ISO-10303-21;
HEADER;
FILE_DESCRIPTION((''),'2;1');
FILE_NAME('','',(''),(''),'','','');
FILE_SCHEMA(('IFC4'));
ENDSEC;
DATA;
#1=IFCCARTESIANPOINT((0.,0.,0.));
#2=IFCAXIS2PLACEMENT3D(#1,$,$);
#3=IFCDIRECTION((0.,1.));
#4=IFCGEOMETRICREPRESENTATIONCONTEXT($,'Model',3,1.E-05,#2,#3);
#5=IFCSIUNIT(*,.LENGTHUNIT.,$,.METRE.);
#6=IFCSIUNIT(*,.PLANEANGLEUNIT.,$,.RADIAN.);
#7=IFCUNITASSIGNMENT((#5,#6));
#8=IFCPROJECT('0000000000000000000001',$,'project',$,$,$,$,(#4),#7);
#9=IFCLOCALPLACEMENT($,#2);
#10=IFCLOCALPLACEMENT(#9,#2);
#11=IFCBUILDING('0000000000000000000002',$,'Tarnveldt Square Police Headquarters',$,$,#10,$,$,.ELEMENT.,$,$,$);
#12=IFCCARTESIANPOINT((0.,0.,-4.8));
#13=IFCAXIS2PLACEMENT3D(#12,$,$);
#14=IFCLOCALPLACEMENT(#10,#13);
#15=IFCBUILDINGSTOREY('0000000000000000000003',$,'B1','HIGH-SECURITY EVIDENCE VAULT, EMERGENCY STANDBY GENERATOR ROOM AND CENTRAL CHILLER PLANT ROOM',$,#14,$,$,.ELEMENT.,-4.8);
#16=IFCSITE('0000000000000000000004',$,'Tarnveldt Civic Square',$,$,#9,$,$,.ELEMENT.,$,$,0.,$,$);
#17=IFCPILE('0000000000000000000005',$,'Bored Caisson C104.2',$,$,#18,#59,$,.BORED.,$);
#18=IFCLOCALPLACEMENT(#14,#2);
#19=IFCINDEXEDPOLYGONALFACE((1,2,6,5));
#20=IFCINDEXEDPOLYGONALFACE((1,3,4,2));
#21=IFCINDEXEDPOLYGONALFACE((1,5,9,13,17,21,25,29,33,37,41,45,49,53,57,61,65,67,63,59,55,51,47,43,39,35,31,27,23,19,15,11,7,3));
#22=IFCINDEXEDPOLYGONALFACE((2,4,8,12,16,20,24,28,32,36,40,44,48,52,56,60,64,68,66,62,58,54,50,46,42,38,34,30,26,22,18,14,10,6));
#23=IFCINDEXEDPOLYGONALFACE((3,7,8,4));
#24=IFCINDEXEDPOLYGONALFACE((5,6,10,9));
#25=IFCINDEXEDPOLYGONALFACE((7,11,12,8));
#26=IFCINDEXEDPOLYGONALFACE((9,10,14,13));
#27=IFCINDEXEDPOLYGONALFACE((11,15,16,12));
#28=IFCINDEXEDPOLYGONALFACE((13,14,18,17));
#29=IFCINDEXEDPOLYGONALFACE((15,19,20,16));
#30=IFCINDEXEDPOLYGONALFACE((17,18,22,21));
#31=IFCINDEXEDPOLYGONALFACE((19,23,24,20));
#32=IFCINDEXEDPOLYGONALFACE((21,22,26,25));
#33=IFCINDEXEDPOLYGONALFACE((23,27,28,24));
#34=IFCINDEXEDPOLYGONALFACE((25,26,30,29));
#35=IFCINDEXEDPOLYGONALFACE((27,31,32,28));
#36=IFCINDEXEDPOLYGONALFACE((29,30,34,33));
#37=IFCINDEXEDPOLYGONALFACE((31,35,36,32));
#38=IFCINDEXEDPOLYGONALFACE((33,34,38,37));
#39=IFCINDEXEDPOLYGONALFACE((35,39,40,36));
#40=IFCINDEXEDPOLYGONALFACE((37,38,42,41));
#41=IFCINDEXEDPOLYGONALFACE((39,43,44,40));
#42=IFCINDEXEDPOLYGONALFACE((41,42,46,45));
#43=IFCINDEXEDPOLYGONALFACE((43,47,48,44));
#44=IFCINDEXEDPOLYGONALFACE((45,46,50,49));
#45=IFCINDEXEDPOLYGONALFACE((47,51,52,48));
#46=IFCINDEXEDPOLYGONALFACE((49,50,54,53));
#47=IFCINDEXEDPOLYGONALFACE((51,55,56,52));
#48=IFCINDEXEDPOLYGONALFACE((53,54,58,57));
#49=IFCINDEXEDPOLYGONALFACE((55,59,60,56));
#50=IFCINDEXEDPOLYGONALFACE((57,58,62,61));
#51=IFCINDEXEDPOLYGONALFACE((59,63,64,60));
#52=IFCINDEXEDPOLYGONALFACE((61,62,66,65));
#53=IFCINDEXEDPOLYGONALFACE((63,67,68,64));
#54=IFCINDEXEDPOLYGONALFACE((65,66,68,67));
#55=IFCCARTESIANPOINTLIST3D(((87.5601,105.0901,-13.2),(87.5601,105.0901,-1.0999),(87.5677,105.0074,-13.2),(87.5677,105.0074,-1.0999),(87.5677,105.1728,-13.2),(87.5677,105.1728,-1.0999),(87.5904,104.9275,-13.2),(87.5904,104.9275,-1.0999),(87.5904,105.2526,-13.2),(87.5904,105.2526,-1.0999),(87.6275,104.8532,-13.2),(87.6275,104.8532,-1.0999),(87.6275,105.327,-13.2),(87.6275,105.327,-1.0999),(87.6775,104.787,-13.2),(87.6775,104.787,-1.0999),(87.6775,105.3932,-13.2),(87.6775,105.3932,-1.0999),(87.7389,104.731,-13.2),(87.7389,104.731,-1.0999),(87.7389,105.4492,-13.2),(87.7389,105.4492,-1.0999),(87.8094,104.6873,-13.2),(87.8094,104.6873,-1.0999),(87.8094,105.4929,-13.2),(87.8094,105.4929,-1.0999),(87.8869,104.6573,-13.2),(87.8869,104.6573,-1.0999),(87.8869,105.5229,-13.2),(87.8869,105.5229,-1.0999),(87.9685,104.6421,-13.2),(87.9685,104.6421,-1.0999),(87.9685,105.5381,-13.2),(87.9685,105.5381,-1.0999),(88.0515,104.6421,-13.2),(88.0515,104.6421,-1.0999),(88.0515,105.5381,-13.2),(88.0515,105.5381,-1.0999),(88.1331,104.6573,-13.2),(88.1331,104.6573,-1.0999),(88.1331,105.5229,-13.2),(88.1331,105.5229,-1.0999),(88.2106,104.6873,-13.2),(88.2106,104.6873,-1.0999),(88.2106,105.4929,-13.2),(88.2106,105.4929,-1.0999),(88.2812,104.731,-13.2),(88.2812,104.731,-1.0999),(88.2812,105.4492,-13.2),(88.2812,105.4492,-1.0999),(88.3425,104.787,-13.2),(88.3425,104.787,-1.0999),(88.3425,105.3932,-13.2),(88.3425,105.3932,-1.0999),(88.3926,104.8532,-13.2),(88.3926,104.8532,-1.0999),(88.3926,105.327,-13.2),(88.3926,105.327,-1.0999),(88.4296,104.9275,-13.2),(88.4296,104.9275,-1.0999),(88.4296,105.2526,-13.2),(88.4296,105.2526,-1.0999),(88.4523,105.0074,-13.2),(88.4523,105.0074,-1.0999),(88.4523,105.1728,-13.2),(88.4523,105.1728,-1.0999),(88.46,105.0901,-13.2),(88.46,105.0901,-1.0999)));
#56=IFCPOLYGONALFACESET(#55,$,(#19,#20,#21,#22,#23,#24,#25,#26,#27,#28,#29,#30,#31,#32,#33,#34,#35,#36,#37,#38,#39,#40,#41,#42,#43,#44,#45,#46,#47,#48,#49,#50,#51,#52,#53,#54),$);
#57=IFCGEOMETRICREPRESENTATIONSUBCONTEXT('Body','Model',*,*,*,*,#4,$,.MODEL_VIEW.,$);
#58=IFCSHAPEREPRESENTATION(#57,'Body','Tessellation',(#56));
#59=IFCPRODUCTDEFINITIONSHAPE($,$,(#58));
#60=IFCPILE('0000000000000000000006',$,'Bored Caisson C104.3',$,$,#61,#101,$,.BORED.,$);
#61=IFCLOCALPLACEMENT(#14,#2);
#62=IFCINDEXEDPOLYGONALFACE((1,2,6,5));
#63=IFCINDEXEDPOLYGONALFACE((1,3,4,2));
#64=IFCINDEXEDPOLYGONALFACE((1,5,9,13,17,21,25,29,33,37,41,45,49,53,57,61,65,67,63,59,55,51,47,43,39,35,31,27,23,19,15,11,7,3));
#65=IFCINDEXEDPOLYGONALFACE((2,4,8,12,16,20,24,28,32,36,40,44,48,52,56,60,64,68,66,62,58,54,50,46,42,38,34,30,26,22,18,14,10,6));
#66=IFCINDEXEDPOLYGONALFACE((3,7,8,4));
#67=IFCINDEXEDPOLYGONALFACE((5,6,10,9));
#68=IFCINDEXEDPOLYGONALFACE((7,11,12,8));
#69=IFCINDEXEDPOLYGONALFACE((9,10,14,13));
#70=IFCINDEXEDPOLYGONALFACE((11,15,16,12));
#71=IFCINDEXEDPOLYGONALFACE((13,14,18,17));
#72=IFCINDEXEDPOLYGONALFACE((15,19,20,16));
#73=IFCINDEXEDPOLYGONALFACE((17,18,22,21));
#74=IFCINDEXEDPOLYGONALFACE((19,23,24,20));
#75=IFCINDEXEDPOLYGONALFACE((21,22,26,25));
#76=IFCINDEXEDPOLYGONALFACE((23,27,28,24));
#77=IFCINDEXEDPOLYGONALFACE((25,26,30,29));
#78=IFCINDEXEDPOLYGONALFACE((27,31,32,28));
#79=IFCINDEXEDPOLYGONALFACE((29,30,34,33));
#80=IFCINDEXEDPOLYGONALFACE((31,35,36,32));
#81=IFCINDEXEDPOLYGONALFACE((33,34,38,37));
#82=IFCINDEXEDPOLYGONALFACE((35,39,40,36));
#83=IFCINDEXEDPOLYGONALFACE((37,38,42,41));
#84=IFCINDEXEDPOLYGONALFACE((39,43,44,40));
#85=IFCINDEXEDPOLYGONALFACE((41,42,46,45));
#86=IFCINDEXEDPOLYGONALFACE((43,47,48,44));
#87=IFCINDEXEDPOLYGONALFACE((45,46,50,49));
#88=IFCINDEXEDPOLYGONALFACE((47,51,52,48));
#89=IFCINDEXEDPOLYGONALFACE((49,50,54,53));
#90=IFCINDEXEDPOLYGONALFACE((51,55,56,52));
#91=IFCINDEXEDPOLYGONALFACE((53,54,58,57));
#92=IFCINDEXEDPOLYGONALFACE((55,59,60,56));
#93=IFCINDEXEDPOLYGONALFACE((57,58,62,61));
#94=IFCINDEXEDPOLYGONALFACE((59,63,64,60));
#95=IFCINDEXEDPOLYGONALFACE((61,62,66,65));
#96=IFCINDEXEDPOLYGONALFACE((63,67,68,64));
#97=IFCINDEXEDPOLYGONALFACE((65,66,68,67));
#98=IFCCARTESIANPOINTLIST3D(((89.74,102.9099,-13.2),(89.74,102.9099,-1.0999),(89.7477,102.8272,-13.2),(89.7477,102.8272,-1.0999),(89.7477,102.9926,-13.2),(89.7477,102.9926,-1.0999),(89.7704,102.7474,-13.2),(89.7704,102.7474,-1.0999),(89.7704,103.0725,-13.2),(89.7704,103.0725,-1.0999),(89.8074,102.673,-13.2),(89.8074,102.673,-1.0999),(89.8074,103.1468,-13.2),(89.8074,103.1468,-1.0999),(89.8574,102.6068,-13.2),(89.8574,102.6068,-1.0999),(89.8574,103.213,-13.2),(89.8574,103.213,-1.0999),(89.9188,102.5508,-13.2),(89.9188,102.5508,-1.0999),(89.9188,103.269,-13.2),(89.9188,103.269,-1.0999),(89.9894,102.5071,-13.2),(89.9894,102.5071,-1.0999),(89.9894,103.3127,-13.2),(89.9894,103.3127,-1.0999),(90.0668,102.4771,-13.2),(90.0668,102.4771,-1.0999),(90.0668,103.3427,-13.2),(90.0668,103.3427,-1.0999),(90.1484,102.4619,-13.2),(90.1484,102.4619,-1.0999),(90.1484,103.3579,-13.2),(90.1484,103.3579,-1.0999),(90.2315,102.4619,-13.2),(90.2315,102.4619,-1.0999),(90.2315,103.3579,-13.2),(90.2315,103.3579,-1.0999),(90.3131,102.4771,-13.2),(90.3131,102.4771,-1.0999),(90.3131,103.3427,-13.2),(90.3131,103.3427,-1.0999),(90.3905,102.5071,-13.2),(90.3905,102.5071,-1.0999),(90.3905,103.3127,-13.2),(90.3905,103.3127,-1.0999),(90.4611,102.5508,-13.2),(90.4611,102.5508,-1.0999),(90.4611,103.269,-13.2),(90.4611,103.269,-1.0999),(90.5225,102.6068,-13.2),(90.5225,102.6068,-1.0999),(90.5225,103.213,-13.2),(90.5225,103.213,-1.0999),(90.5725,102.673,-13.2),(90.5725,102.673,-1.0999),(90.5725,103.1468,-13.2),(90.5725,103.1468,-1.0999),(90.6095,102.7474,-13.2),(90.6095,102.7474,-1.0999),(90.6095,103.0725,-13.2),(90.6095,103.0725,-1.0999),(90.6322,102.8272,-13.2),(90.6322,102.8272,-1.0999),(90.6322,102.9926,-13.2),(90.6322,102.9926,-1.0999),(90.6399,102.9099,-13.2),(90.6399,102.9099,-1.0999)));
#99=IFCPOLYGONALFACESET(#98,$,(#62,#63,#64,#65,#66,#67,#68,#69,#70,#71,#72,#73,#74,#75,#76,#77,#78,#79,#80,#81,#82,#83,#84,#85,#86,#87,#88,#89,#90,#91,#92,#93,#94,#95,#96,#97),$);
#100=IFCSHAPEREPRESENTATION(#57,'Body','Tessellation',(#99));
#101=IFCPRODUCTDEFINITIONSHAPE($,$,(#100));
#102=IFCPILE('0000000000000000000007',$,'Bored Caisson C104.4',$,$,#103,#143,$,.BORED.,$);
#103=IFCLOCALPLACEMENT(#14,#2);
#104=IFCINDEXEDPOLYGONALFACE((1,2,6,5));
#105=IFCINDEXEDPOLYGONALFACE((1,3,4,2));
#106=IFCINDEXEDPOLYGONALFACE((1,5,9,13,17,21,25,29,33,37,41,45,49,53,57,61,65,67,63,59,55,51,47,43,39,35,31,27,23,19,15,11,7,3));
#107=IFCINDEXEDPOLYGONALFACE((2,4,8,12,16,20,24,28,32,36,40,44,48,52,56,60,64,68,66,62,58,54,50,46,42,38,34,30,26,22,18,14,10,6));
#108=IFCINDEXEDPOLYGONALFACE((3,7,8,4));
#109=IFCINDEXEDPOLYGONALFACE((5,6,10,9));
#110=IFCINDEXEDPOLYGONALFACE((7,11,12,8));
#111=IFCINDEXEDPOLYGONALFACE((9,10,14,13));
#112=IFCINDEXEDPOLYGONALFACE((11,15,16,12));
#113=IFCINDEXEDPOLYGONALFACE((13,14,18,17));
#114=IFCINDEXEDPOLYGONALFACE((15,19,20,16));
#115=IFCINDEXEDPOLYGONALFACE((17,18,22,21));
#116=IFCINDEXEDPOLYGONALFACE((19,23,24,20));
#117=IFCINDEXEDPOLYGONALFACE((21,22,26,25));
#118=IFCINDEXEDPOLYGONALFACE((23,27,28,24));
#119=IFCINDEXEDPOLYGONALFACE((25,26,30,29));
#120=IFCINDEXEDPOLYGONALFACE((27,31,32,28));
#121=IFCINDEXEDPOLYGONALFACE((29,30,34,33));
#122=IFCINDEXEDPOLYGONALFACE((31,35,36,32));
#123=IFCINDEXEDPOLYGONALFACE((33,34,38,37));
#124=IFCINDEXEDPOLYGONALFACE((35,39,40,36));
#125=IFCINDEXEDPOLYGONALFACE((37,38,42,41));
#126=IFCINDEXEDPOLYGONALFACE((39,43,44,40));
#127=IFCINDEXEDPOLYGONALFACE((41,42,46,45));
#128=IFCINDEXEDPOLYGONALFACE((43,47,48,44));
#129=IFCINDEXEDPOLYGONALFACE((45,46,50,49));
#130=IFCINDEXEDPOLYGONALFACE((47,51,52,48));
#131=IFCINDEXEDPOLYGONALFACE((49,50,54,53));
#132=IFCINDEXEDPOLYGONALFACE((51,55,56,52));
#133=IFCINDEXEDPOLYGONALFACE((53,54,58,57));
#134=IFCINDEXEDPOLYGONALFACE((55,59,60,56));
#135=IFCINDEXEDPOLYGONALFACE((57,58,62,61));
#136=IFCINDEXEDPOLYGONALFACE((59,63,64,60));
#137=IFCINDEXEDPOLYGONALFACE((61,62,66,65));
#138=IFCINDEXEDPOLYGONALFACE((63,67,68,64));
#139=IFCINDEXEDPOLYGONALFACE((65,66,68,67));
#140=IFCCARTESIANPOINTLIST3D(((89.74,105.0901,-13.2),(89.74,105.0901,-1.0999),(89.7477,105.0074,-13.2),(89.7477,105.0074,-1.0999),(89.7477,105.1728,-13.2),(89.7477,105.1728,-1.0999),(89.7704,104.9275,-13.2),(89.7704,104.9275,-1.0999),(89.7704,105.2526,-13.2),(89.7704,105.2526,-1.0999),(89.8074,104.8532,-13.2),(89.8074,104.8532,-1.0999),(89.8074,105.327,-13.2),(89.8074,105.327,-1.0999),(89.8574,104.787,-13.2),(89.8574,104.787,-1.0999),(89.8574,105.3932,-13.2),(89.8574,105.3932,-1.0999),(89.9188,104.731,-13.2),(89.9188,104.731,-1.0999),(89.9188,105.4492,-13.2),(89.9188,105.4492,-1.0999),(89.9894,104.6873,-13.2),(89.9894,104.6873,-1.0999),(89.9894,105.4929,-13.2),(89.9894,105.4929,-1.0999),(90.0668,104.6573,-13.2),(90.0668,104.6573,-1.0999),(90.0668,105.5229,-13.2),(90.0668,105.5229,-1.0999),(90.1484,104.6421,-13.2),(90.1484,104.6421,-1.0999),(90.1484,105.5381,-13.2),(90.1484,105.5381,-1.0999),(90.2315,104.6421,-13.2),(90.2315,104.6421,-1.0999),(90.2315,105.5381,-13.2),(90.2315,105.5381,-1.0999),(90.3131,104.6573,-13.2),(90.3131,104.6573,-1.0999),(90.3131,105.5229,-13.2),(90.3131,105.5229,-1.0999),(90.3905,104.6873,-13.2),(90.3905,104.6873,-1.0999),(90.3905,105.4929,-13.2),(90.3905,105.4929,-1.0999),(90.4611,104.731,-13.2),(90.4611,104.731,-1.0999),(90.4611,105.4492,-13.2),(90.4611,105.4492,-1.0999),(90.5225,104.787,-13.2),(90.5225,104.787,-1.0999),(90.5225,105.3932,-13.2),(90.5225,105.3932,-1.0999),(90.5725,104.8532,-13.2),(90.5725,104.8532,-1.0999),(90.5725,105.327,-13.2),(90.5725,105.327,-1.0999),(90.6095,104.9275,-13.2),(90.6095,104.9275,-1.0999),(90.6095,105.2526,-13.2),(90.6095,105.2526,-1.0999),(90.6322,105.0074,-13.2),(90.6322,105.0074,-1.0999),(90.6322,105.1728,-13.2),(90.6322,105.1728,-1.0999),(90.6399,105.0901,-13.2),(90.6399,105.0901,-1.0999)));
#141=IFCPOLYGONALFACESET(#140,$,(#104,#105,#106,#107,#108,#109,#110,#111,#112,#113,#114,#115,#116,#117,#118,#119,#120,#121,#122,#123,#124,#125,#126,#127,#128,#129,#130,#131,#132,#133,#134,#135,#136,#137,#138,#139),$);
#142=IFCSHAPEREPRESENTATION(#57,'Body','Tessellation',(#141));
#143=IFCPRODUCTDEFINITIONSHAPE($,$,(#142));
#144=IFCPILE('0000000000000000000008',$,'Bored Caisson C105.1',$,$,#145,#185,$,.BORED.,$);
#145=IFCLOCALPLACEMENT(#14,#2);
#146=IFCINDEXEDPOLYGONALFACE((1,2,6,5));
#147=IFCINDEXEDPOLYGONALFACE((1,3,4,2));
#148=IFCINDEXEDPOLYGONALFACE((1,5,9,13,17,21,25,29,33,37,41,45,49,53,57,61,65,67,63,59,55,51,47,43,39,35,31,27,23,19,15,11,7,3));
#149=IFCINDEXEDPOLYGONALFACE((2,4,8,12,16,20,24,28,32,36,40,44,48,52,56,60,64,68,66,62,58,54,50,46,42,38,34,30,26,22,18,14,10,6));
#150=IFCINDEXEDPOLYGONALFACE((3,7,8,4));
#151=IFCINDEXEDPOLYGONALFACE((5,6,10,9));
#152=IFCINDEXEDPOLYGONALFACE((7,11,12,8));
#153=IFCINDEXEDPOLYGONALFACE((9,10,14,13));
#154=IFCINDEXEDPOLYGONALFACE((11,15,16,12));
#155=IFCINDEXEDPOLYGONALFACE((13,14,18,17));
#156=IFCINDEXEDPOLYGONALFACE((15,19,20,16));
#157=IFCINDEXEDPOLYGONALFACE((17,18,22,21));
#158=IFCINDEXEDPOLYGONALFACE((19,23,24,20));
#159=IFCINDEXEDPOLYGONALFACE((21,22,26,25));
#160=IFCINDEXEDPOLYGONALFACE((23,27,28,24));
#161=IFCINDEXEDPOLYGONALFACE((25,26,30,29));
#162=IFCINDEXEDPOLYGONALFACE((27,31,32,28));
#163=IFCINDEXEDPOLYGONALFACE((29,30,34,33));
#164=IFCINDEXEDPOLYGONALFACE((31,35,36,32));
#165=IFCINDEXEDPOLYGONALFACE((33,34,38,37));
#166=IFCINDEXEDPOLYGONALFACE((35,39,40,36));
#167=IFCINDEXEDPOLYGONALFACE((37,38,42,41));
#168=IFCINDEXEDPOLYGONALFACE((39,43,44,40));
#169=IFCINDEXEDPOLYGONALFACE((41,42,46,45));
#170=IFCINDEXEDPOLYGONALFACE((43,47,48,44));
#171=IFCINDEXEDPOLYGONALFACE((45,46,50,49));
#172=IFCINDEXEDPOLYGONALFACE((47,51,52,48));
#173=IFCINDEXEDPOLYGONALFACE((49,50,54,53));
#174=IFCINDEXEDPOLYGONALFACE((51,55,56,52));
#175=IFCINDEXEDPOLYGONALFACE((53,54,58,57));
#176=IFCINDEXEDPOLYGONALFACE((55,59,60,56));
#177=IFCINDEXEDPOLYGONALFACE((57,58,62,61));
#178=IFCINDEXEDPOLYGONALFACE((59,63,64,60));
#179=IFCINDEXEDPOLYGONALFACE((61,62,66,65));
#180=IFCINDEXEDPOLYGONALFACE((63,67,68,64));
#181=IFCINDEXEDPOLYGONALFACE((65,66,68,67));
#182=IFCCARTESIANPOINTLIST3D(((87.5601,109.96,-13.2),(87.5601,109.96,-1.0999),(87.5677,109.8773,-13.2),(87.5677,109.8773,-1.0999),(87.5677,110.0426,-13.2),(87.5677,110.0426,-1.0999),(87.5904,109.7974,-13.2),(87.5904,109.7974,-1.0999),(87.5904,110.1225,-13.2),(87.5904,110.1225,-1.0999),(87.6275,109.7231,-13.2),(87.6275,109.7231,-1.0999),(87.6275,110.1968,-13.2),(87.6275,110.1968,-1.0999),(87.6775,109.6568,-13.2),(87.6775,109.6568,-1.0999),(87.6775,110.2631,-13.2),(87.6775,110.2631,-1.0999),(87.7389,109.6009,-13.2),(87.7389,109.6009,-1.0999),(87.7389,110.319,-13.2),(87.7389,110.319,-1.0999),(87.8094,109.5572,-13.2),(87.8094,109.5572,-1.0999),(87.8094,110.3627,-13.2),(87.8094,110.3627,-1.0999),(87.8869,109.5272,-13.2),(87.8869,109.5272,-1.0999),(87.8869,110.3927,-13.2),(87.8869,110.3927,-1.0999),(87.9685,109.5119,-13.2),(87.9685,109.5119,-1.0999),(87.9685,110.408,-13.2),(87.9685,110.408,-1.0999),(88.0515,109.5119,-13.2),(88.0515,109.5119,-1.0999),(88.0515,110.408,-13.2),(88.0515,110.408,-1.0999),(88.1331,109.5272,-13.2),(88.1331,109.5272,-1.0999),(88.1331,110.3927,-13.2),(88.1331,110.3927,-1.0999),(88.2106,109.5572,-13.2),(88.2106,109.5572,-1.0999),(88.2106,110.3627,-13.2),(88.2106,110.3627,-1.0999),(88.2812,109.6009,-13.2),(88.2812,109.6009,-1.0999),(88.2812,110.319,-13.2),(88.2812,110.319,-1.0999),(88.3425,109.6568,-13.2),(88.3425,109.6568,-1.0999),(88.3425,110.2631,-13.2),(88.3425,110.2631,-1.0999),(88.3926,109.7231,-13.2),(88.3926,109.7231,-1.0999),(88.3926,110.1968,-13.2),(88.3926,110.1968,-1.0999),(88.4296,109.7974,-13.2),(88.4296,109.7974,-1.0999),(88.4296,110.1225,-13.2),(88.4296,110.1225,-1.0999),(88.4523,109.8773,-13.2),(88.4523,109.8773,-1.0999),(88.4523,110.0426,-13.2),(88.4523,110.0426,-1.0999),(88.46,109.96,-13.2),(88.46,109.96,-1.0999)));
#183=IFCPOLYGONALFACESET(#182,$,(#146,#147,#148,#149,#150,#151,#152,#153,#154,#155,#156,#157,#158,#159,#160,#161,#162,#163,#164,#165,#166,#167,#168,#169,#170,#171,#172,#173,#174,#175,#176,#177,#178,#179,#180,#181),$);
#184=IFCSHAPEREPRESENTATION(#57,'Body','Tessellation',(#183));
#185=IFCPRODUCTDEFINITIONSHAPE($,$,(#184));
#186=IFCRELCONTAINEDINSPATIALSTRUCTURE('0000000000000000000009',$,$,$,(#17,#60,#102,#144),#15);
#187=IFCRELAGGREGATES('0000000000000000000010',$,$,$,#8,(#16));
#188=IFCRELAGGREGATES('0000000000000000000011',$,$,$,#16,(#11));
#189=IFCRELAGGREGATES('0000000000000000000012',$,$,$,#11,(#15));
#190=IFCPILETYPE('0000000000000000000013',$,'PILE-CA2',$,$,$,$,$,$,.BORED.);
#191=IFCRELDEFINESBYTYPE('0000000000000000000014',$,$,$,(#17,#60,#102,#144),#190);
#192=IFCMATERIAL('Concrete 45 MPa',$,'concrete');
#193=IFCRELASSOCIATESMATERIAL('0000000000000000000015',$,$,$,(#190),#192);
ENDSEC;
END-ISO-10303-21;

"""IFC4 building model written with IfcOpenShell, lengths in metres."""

from ifc_helpers import new_model, si_unit, direction, frame, origin, origin_2d, place, context, subcontext, project, spatial, circle, extrude, material, material_profile, profile_set, type_object, element, save


model = new_model("IFC4")

# Units and contexts
model_context = context("Model", 3, precision=1e-05, world=origin(), true_north=direction((0.0, 1.0)))
body_context = subcontext(model_context, "Body", "Model", "MODEL_VIEW")
ifc_project = project(units=[si_unit("LENGTHUNIT", "METRE"), si_unit("PLANEANGLEUNIT", "RADIAN")], contexts=[model_context])

# Site, building, storey
site_placement = place(None, origin())
site = spatial("IfcSite", under=ifc_project, at=site_placement, Name="Tarnveldt Civic Square", CompositionType="ELEMENT", RefElevation=0.0)
building_placement = place(site_placement, origin())
building = spatial("IfcBuilding", under=site, at=building_placement, Name="Tarnveldt Square Police Headquarters", CompositionType="ELEMENT")
storey_placement = place(building_placement, frame((0.0, 0.0, -4.8)))
storey = spatial("IfcBuildingStorey", under=building, at=storey_placement, Name="B1", Description="HIGH-SECURITY EVIDENCE VAULT, EMERGENCY STANDBY GENERATOR ROOM AND CENTRAL CHILLER PLANT ROOM", CompositionType="ELEMENT", Elevation=-4.8)

# Shared definitions
ifc_material_1 = material(Name="Concrete 45 MPa", Category="concrete")

# Piles
ifc_material_profile_1 = material_profile(ifc_material_1, circle(Radius=0.45, at=origin_2d()), Name="CAISSON-D900")
ifc_profile_set_1 = profile_set([ifc_material_profile_1], Name="Concrete 45 MPa")
pile_type = type_object("IfcPileType", Name="PILE-CA2", PredefinedType="BORED", material=ifc_profile_set_1)
for number, where, z_axis, x_axis, name in (
    (1, (88.01, 105.0901, -1.0999), (0.0, 0.0, -1.0), (1.0, 0.0, 0.0), "Bored Caisson C104.2"),
    (2, (90.1899, 102.9099, -1.0999), (0.0, 0.0, -1.0), (1.0, 0.0, 0.0), "Bored Caisson C104.3"),
    (3, (90.1899, 105.0901, -1.0999), (0.0, 0.0, -1.0), (1.0, 0.0, 0.0), "Bored Caisson C104.4"),
    (4, (88.01, 109.96, -1.0999), (0.0, 0.0, -1.0), (1.0, 0.0, 0.0), "Bored Caisson C105.1"),
):
    element("IfcPile", number, at=place(storey_placement, frame(where, z_axis=z_axis, x_axis=x_axis)), inside=storey, type_object=pile_type, Name=name, PredefinedType="BORED", context=body_context, shape_type="SweptSolid", body=[
        extrude(circle(Radius=0.45, at=origin_2d()), origin(), (0.0, 0.0, 1.0), 12.1001),
    ])

save(model, "model.ifc")
